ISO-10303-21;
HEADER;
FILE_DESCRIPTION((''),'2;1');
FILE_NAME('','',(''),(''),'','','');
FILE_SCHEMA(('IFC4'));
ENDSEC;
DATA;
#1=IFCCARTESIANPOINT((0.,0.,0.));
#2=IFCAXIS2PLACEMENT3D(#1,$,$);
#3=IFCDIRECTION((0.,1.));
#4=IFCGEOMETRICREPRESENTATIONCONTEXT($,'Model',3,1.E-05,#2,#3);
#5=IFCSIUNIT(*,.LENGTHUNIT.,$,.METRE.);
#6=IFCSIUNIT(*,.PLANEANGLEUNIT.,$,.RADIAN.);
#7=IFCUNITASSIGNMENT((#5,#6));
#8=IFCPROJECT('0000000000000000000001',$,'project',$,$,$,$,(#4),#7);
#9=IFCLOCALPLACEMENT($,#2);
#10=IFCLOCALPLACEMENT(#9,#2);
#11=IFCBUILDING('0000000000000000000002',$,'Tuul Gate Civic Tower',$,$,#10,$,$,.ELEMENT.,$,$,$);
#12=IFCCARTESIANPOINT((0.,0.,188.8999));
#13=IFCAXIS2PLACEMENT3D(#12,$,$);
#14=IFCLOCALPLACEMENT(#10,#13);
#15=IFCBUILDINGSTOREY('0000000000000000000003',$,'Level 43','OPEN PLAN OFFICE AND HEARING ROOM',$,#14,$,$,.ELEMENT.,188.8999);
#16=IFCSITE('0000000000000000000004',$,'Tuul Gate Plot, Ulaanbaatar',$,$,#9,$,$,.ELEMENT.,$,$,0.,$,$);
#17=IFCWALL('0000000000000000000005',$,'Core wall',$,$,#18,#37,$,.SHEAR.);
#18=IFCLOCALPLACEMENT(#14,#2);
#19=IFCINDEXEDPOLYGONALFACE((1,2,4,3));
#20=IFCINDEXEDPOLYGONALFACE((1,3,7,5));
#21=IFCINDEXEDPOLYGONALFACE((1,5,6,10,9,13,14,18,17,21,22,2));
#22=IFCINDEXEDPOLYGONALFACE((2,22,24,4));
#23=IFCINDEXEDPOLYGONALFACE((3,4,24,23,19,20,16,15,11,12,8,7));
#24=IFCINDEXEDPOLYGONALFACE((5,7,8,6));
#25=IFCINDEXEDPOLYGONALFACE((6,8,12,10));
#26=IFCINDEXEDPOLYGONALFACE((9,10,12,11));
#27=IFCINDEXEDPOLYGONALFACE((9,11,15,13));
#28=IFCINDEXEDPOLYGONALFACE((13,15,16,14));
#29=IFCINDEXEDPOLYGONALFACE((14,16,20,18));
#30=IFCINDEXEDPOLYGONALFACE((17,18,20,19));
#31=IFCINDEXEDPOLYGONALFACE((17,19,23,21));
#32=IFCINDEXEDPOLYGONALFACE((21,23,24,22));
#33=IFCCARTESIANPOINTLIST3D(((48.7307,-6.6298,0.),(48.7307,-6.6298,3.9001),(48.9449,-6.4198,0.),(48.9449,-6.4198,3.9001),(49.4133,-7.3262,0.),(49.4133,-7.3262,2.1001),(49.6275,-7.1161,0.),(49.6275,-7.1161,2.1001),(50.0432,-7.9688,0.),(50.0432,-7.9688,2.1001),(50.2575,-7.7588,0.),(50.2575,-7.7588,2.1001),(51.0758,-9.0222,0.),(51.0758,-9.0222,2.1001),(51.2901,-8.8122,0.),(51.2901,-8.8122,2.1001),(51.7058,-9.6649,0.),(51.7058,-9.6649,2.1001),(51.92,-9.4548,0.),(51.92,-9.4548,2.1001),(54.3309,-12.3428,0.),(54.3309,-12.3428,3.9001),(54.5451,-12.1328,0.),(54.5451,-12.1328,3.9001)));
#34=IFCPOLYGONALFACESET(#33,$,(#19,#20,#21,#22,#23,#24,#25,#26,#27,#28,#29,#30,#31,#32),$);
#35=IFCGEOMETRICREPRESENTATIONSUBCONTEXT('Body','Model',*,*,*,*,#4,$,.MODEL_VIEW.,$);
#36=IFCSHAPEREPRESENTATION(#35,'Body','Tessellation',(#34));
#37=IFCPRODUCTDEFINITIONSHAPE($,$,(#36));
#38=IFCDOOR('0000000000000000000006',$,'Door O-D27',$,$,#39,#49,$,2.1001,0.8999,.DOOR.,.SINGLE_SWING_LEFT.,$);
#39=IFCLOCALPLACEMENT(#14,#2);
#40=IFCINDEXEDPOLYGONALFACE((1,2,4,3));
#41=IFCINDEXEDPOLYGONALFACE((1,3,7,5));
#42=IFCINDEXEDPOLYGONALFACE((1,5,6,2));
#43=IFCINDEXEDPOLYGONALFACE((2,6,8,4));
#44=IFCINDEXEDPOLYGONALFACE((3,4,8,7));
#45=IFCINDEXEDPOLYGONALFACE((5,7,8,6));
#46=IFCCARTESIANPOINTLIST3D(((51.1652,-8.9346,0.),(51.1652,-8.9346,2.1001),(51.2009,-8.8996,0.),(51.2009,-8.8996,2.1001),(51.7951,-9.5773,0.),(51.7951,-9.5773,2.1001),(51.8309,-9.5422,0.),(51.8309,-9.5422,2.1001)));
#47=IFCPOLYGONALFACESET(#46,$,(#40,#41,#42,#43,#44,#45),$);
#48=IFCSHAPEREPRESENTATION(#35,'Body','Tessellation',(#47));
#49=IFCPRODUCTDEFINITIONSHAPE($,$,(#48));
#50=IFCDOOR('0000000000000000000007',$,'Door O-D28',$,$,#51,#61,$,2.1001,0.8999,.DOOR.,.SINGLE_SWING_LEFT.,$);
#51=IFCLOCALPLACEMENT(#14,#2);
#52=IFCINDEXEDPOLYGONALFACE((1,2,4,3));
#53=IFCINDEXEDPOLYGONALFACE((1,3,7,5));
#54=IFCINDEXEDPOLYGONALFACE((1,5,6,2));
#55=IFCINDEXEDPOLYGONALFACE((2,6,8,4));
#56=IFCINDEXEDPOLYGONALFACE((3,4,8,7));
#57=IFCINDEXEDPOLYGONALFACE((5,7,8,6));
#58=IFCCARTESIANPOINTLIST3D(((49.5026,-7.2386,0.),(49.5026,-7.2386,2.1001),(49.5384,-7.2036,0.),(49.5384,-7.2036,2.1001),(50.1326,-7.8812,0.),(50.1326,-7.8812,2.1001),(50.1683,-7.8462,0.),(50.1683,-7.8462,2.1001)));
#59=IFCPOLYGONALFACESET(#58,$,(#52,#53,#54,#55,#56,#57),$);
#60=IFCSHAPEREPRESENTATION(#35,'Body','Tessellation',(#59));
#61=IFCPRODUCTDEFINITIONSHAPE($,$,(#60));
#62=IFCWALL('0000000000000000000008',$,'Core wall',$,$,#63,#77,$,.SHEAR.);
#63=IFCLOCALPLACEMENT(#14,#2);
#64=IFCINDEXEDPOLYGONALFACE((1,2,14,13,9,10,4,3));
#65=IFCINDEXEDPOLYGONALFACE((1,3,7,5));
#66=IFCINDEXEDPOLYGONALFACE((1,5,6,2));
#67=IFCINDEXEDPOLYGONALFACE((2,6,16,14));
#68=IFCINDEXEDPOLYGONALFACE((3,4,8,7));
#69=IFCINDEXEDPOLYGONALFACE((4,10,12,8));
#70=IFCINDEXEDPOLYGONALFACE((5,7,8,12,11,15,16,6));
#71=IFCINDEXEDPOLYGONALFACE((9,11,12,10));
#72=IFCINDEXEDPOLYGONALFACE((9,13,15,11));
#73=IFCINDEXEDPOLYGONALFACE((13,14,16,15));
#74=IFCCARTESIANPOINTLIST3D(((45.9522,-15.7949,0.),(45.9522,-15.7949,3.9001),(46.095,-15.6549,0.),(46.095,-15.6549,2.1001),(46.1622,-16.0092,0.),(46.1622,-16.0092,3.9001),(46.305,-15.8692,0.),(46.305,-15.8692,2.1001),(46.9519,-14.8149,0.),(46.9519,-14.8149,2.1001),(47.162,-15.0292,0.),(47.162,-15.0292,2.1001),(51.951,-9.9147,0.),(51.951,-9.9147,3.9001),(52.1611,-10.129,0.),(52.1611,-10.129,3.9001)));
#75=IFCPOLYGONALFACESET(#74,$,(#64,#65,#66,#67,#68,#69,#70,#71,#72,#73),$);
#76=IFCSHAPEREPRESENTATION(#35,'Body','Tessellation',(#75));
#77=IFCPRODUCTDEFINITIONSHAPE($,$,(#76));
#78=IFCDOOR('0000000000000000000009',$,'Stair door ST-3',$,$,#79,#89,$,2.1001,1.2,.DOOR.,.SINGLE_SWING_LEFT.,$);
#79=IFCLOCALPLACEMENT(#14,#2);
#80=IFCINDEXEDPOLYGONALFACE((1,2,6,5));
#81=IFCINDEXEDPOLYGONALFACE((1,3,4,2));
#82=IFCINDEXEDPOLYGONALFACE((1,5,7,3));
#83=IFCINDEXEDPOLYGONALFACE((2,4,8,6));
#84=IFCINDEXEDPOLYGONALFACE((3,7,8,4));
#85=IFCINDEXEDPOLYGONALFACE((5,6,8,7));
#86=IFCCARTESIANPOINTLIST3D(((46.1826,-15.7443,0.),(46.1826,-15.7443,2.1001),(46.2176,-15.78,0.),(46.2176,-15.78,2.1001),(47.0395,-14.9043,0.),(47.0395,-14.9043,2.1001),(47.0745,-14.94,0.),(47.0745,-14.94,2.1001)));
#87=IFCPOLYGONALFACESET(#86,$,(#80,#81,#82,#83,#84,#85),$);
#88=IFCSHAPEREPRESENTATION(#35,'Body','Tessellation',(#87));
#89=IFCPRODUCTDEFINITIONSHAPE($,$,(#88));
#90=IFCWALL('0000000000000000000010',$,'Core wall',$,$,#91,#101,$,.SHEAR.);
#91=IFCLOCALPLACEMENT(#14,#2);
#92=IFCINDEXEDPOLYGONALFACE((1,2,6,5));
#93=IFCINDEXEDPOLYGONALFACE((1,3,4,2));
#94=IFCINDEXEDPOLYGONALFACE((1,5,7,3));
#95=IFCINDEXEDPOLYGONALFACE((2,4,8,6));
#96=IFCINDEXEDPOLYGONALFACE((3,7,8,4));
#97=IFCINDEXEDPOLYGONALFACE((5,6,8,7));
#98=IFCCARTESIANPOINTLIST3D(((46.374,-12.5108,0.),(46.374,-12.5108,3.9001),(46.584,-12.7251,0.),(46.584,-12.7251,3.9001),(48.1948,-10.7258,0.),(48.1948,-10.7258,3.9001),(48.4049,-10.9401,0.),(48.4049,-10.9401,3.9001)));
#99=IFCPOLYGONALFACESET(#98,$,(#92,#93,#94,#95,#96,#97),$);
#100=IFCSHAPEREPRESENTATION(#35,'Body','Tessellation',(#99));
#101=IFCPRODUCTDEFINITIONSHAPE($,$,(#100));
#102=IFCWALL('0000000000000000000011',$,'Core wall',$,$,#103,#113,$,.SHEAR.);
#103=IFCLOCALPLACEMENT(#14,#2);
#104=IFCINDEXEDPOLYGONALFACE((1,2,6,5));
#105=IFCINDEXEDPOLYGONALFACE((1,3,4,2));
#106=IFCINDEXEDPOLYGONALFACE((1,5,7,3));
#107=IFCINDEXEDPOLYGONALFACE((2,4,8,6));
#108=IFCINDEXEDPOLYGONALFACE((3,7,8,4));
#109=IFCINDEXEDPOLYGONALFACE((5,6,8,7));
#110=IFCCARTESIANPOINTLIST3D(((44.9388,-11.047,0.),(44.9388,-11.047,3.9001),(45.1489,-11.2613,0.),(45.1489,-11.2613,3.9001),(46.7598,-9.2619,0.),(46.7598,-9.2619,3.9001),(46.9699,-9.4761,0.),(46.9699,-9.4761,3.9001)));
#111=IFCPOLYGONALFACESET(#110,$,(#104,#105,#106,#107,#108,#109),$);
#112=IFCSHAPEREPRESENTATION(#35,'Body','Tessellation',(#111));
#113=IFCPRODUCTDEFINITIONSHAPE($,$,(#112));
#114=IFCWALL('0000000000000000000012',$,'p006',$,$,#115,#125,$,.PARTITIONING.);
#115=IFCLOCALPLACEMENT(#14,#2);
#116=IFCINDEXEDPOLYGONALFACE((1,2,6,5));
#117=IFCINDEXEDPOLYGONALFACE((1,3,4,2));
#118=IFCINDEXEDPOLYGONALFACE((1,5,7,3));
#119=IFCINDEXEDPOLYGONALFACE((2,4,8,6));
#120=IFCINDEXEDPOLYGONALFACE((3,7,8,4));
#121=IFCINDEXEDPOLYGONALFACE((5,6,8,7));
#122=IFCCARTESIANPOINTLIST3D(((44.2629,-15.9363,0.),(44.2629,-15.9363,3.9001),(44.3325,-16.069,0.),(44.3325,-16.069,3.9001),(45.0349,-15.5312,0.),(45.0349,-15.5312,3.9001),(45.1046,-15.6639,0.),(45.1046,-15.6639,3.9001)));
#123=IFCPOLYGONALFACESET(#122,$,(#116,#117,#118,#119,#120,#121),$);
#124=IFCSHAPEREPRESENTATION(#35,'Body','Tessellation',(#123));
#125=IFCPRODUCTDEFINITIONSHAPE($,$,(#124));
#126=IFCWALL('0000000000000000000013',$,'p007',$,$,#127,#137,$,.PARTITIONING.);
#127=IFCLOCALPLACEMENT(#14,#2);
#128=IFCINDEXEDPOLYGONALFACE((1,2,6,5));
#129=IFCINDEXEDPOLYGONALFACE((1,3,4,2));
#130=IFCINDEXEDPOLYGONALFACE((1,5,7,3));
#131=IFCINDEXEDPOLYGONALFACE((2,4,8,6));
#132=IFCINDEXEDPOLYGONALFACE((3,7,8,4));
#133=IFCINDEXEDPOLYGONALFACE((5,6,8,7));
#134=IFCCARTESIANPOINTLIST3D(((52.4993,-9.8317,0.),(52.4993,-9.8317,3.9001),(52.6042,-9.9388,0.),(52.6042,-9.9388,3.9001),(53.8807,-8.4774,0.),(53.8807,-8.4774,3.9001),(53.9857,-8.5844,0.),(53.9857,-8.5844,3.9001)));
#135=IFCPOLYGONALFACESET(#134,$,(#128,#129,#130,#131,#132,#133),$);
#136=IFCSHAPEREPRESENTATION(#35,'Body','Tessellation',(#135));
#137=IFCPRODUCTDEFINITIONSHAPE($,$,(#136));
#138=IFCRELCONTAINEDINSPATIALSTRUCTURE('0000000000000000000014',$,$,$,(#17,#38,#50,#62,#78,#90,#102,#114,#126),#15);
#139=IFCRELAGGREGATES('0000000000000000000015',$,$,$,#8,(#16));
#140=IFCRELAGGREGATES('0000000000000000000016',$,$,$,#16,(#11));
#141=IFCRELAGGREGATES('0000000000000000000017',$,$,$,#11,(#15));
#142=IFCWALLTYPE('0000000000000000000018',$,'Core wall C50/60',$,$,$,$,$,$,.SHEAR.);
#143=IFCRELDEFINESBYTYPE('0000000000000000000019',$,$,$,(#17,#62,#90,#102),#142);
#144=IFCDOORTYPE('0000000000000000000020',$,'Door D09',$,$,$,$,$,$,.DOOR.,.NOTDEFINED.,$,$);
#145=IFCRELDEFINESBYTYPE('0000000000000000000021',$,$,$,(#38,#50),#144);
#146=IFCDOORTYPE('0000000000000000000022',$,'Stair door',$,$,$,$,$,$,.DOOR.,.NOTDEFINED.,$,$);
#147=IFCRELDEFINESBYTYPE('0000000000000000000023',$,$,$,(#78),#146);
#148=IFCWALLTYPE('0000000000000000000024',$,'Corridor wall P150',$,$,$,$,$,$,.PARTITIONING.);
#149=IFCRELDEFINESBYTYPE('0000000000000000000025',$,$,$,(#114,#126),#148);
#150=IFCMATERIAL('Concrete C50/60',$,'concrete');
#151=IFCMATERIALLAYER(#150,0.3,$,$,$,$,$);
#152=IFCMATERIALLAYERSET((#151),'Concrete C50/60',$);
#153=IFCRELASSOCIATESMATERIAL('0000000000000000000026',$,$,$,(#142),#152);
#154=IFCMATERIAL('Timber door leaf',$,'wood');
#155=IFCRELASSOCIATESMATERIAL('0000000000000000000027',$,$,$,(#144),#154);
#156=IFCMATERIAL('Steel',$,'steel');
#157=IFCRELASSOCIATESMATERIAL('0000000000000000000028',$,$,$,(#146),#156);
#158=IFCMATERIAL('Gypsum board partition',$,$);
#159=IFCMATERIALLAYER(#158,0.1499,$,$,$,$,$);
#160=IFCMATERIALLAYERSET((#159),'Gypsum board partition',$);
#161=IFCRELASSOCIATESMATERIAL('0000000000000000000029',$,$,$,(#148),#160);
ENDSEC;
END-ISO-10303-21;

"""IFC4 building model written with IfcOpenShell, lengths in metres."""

from ifc_helpers import new_model, si_unit, direction, frame, frame_2d, origin, place, context, subcontext, project, spatial, rectangle, extrude, material, layer, layer_set, type_object, element, fill, save


model = new_model("IFC4")

# Units and contexts
model_context = context("Model", 3, precision=1e-05, world=origin(), true_north=direction((0.0, 1.0)))
body_context = subcontext(model_context, "Body", "Model", "MODEL_VIEW")
ifc_project = project(units=[si_unit("LENGTHUNIT", "METRE"), si_unit("PLANEANGLEUNIT", "RADIAN")], contexts=[model_context])

# Site, building, storey
site_placement = place(None, origin())
site = spatial("IfcSite", under=ifc_project, at=site_placement, Name="Tuul Gate Plot, Ulaanbaatar", CompositionType="ELEMENT", RefElevation=0.0)
building_placement = place(site_placement, origin())
building = spatial("IfcBuilding", under=site, at=building_placement, Name="Tuul Gate Civic Tower", CompositionType="ELEMENT")
storey_placement = place(building_placement, frame((0.0, 0.0, 188.8999)))
storey = spatial("IfcBuildingStorey", under=building, at=storey_placement, Name="Level 43", Description="OPEN PLAN OFFICE AND HEARING ROOM", CompositionType="ELEMENT", Elevation=188.8999)

# Shared definitions
ifc_material_1 = material(Name="Concrete C50/60", Category="concrete")
ifc_layer_1 = layer(ifc_material_1, 0.3)
ifc_layer_set_1 = layer_set([ifc_layer_1], Name="Concrete C50/60")
wall_type_1 = type_object("IfcWallType", Name="Core wall C50/60", PredefinedType="SHEAR", material=ifc_layer_set_1)

# Wall, openings, doors
wall_1_placement = place(storey_placement, frame((54.438, -12.2378, 0.0), z_axis=(0.0, 0.0, 1.0), x_axis=(-0.700022, 0.714121, 0.0)))
wall_1 = element("IfcWall", 1, at=wall_1_placement, inside=storey, type_object=wall_type_1, Name="Core wall", PredefinedType="SHEAR", context=body_context, shape_type="SweptSolid", body=[
    extrude(rectangle(XDim=8.0, YDim=0.3, at=frame_2d((4.0, 0.0))), origin(), (0.0, 0.0, 1.0), 3.9001),
])
opening_1_placement = place(wall_1_placement, frame((3.75, 0.0, 0.0)))
opening_1 = element("IfcOpeningElement", 2, at=opening_1_placement, cuts=wall_1, PredefinedType="OPENING", context=body_context, shape_type="SweptSolid", body=[
    extrude(rectangle(XDim=0.8999, YDim=2.1001, at=frame_2d((0.45, 1.05))), frame((0.0, 0.1602, 0.0), z_axis=(0.0, -1.0, 0.0), x_axis=(1.0, 0.0, 0.0)), (0.0, 0.0, 1.0), 0.3201),
])
opening_2_placement = place(wall_1_placement, frame((6.125, 0.0, 0.0)))
opening_2 = element("IfcOpeningElement", 3, at=opening_2_placement, cuts=wall_1, PredefinedType="OPENING", context=body_context, shape_type="SweptSolid", body=[
    extrude(rectangle(XDim=0.8999, YDim=2.1001, at=frame_2d((0.45, 1.05))), frame((0.0, 0.1602, 0.0), z_axis=(0.0, -1.0, 0.0), x_axis=(1.0, 0.0, 0.0)), (0.0, 0.0, 1.0), 0.3201),
])
ifc_material_2 = material(Name="Timber door leaf", Category="wood")
door_type_1 = type_object("IfcDoorType", Name="Door D09", OperationType="NOTDEFINED", PredefinedType="DOOR", material=ifc_material_2)
door_1_placement = place(opening_1_placement, origin())
door_1 = element("IfcDoor", 4, at=door_1_placement, inside=storey, type_object=door_type_1, Name="Door O-D27", OperationType="SINGLE_SWING_LEFT", OverallHeight=2.1001, OverallWidth=0.8999, PredefinedType="DOOR", context=body_context, shape_type="SweptSolid", body=[
    extrude(rectangle(XDim=0.8999, YDim=2.1001, at=frame_2d((0.45, 1.05))), frame((0.0, 0.0249, 0.0), z_axis=(0.0, -1.0, 0.0), x_axis=(1.0, 0.0, 0.0)), (0.0, 0.0, 1.0), 0.05),
])
fill(opening_1, door_1)
door_2_placement = place(opening_2_placement, origin())
door_2 = element("IfcDoor", 5, at=door_2_placement, inside=storey, type_object=door_type_1, Name="Door O-D28", OperationType="SINGLE_SWING_LEFT", OverallHeight=2.1001, OverallWidth=0.8999, PredefinedType="DOOR", context=body_context, shape_type="SweptSolid", body=[
    extrude(rectangle(XDim=0.8999, YDim=2.1001, at=frame_2d((0.45, 1.05))), frame((0.0, 0.0249, 0.0), z_axis=(0.0, -1.0, 0.0), x_axis=(1.0, 0.0, 0.0)), (0.0, 0.0, 1.0), 0.05),
])
fill(opening_2, door_2)

# Wall, opening, door
wall_2_placement = place(storey_placement, frame((46.0571, -15.9021, 0.0), z_axis=(0.0, 0.0, 1.0), x_axis=(0.714134, 0.700009, 0.0)))
wall_2 = element("IfcWall", 6, at=wall_2_placement, inside=storey, type_object=wall_type_1, Name="Core wall", PredefinedType="SHEAR", context=body_context, shape_type="SweptSolid", body=[
    extrude(rectangle(XDim=8.4001, YDim=0.3, at=frame_2d((4.2002, 0.0))), origin(), (0.0, 0.0, 1.0), 3.9001),
])
opening_3_placement = place(wall_2_placement, frame((0.2, 0.0, 0.0)))
opening_3 = element("IfcOpeningElement", 7, at=opening_3_placement, cuts=wall_2, PredefinedType="OPENING", context=body_context, shape_type="SweptSolid", body=[
    extrude(rectangle(XDim=1.2, YDim=2.1001, at=frame_2d((0.6001, 1.05))), frame((0.0, 0.1602, 0.0), z_axis=(0.0, -1.0, 0.0), x_axis=(1.0, 0.0, 0.0)), (0.0, 0.0, 1.0), 0.3201),
])
ifc_material_3 = material(Name="Steel", Category="steel")
door_type_2 = type_object("IfcDoorType", Name="Stair door", OperationType="NOTDEFINED", PredefinedType="DOOR", material=ifc_material_3)
door_3_placement = place(opening_3_placement, origin())
door_3 = element("IfcDoor", 8, at=door_3_placement, inside=storey, type_object=door_type_2, Name="Stair door ST-3", OperationType="SINGLE_SWING_LEFT", OverallHeight=2.1001, OverallWidth=1.2, PredefinedType="DOOR", context=body_context, shape_type="SweptSolid", body=[
    extrude(rectangle(XDim=1.2, YDim=2.1001, at=frame_2d((0.6001, 1.05))), frame((0.0, 0.0249, 0.0), z_axis=(0.0, -1.0, 0.0), x_axis=(1.0, 0.0, 0.0)), (0.0, 0.0, 1.0), 0.05),
])
fill(opening_3, door_3)

# Walls
wall_3_placement = place(storey_placement, frame((46.479, -12.6179, 0.0), z_axis=(0.0, 0.0, 1.0), x_axis=(0.714109, 0.700034, 0.0)))
element("IfcWall", 9, at=wall_3_placement, inside=storey, type_object=wall_type_1, Name="Core wall", PredefinedType="SHEAR", context=body_context, shape_type="SweptSolid", body=[
    extrude(rectangle(XDim=2.5498, YDim=0.3, at=frame_2d((1.2749, 0.0))), origin(), (0.0, 0.0, 1.0), 3.9001),
])
wall_4_placement = place(storey_placement, frame((45.0439, -11.1541, 0.0), z_axis=(0.0, 0.0, 1.0), x_axis=(0.714108, 0.700035, 0.0)))
element("IfcWall", 10, at=wall_4_placement, inside=storey, type_object=wall_type_1, Name="Core wall", PredefinedType="SHEAR", context=body_context, shape_type="SweptSolid", body=[
    extrude(rectangle(XDim=2.55, YDim=0.3, at=frame_2d((1.2749, 0.0))), origin(), (0.0, 0.0, 1.0), 3.9001),
])
ifc_material_4 = material(Name="Gypsum board partition")
ifc_layer_2 = layer(ifc_material_4, 0.1499)
ifc_layer_set_2 = layer_set([ifc_layer_2], Name="Gypsum board partition")
wall_type_2 = type_object("IfcWallType", Name="Corridor wall P150", PredefinedType="PARTITIONING", material=ifc_layer_set_2)
wall_5_placement = place(storey_placement, frame((44.2976, -16.0027, 0.0), z_axis=(0.0, 0.0, 1.0), x_axis=(0.885519, 0.464603, 0.0)))
element("IfcWall", 11, at=wall_5_placement, inside=storey, type_object=wall_type_2, Name="p006", PredefinedType="PARTITIONING", context=body_context, shape_type="SweptSolid", body=[
    extrude(rectangle(XDim=0.8718, YDim=0.1499, at=frame_2d((0.436, 0.0))), origin(), (0.0, 0.0, 1.0), 3.9001),
])
wall_6_placement = place(storey_placement, frame((52.5518, -9.8853, 0.0), z_axis=(0.0, 0.0, 1.0), x_axis=(0.714077, 0.700068, 0.0)))
element("IfcWall", 12, at=wall_6_placement, inside=storey, type_object=wall_type_2, Name="p007", PredefinedType="PARTITIONING", context=body_context, shape_type="SweptSolid", body=[
    extrude(rectangle(XDim=1.9346, YDim=0.1499, at=frame_2d((0.9673, 0.0))), origin(), (0.0, 0.0, 1.0), 3.9001),
])

save(model, "model.ifc")
